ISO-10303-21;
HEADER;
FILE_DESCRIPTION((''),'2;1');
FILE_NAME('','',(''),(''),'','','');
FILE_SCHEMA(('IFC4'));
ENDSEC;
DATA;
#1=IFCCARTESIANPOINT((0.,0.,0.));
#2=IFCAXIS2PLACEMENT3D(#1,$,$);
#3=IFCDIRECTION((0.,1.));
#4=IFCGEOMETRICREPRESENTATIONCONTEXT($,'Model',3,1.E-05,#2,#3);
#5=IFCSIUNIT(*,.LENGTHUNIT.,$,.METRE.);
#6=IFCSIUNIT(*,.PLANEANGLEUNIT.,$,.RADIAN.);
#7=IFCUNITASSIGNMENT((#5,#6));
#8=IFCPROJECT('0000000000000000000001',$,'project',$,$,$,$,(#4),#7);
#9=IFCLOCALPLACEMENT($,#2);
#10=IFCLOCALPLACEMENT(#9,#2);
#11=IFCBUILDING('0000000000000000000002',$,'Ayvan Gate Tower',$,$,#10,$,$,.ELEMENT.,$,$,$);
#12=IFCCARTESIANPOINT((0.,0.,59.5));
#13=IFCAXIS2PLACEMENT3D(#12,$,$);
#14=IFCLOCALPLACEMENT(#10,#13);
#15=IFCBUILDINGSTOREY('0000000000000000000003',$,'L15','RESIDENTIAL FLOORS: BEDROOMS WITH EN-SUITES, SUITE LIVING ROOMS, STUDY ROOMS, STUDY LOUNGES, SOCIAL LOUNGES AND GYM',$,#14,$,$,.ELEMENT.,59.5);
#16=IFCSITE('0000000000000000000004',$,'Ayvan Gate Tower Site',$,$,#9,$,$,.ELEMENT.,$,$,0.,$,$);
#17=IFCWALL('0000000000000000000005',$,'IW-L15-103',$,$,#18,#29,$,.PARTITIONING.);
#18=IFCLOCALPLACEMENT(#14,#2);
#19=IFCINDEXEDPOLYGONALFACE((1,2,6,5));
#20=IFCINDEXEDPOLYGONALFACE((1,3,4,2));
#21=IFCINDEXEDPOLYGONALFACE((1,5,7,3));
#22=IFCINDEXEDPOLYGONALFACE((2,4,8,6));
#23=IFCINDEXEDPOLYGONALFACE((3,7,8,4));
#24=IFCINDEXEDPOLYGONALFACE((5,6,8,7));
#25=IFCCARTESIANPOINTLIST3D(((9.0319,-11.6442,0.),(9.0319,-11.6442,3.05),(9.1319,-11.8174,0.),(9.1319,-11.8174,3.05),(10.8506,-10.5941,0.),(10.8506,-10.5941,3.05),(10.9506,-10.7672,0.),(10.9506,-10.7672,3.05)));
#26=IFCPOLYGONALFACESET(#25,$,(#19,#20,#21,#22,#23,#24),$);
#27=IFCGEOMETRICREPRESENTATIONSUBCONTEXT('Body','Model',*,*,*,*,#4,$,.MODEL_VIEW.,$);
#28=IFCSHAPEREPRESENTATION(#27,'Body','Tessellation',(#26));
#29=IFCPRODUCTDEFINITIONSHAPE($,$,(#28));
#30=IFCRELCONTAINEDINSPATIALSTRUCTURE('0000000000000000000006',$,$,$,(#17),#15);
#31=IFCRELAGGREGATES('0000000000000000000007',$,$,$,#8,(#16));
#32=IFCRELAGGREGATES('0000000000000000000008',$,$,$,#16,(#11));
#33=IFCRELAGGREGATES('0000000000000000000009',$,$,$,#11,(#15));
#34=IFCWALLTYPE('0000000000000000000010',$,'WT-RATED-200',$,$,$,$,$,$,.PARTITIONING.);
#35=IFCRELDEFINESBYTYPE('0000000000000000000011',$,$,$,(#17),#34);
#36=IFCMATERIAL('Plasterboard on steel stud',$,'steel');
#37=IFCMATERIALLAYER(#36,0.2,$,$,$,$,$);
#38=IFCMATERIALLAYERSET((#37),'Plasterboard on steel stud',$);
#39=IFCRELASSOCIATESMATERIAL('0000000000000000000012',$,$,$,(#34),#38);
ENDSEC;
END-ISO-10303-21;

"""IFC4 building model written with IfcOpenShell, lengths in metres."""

from ifc_helpers import new_model, si_unit, direction, frame, frame_2d, origin, place, context, subcontext, project, spatial, rectangle, extrude, material, layer, layer_set, type_object, element, save


model = new_model("IFC4")

# Units and contexts
model_context = context("Model", 3, precision=1e-05, world=origin(), true_north=direction((0.0, 1.0)))
body_context = subcontext(model_context, "Body", "Model", "MODEL_VIEW")
ifc_project = project(units=[si_unit("LENGTHUNIT", "METRE"), si_unit("PLANEANGLEUNIT", "RADIAN")], contexts=[model_context])

# Site, building, storey
site_placement = place(None, origin())
site = spatial("IfcSite", under=ifc_project, at=site_placement, Name="Ayvan Gate Tower Site", CompositionType="ELEMENT", RefElevation=0.0)
building_placement = place(site_placement, origin())
building = spatial("IfcBuilding", under=site, at=building_placement, Name="Ayvan Gate Tower", CompositionType="ELEMENT")
storey_placement = place(building_placement, frame((0.0, 0.0, 59.5)))
storey = spatial("IfcBuildingStorey", under=building, at=storey_placement, Name="L15", Description="RESIDENTIAL FLOORS: BEDROOMS WITH EN-SUITES, SUITE LIVING ROOMS, STUDY ROOMS, STUDY LOUNGES, SOCIAL LOUNGES AND GYM", CompositionType="ELEMENT", Elevation=59.5)

# Shared definitions
ifc_material_1 = material(Name="Plasterboard on steel stud", Category="steel")

# Shared definitions
ifc_layer_1 = layer(ifc_material_1, 0.2)
ifc_layer_set_1 = layer_set([ifc_layer_1], Name="Plasterboard on steel stud")
wall_type_1 = type_object("IfcWallType", Name="WT-RATED-200", PredefinedType="PARTITIONING", material=ifc_layer_set_1)

# Wall
wall_1_placement = place(storey_placement, frame((10.9006, -10.6807, 0.0), z_axis=(0.0, 0.0, 1.0), x_axis=(-0.866009, -0.500028, 0.0)))
element("IfcWall", 1, at=wall_1_placement, inside=storey, type_object=wall_type_1, Name="IW-L15-103", PredefinedType="PARTITIONING", context=body_context, shape_type="SweptSolid", body=[
    extrude(rectangle(XDim=2.1001, YDim=0.2, at=frame_2d((1.05, 0.0))), origin(), (0.0, 0.0, 1.0), 3.05),
])

save(model, "model.ifc")
